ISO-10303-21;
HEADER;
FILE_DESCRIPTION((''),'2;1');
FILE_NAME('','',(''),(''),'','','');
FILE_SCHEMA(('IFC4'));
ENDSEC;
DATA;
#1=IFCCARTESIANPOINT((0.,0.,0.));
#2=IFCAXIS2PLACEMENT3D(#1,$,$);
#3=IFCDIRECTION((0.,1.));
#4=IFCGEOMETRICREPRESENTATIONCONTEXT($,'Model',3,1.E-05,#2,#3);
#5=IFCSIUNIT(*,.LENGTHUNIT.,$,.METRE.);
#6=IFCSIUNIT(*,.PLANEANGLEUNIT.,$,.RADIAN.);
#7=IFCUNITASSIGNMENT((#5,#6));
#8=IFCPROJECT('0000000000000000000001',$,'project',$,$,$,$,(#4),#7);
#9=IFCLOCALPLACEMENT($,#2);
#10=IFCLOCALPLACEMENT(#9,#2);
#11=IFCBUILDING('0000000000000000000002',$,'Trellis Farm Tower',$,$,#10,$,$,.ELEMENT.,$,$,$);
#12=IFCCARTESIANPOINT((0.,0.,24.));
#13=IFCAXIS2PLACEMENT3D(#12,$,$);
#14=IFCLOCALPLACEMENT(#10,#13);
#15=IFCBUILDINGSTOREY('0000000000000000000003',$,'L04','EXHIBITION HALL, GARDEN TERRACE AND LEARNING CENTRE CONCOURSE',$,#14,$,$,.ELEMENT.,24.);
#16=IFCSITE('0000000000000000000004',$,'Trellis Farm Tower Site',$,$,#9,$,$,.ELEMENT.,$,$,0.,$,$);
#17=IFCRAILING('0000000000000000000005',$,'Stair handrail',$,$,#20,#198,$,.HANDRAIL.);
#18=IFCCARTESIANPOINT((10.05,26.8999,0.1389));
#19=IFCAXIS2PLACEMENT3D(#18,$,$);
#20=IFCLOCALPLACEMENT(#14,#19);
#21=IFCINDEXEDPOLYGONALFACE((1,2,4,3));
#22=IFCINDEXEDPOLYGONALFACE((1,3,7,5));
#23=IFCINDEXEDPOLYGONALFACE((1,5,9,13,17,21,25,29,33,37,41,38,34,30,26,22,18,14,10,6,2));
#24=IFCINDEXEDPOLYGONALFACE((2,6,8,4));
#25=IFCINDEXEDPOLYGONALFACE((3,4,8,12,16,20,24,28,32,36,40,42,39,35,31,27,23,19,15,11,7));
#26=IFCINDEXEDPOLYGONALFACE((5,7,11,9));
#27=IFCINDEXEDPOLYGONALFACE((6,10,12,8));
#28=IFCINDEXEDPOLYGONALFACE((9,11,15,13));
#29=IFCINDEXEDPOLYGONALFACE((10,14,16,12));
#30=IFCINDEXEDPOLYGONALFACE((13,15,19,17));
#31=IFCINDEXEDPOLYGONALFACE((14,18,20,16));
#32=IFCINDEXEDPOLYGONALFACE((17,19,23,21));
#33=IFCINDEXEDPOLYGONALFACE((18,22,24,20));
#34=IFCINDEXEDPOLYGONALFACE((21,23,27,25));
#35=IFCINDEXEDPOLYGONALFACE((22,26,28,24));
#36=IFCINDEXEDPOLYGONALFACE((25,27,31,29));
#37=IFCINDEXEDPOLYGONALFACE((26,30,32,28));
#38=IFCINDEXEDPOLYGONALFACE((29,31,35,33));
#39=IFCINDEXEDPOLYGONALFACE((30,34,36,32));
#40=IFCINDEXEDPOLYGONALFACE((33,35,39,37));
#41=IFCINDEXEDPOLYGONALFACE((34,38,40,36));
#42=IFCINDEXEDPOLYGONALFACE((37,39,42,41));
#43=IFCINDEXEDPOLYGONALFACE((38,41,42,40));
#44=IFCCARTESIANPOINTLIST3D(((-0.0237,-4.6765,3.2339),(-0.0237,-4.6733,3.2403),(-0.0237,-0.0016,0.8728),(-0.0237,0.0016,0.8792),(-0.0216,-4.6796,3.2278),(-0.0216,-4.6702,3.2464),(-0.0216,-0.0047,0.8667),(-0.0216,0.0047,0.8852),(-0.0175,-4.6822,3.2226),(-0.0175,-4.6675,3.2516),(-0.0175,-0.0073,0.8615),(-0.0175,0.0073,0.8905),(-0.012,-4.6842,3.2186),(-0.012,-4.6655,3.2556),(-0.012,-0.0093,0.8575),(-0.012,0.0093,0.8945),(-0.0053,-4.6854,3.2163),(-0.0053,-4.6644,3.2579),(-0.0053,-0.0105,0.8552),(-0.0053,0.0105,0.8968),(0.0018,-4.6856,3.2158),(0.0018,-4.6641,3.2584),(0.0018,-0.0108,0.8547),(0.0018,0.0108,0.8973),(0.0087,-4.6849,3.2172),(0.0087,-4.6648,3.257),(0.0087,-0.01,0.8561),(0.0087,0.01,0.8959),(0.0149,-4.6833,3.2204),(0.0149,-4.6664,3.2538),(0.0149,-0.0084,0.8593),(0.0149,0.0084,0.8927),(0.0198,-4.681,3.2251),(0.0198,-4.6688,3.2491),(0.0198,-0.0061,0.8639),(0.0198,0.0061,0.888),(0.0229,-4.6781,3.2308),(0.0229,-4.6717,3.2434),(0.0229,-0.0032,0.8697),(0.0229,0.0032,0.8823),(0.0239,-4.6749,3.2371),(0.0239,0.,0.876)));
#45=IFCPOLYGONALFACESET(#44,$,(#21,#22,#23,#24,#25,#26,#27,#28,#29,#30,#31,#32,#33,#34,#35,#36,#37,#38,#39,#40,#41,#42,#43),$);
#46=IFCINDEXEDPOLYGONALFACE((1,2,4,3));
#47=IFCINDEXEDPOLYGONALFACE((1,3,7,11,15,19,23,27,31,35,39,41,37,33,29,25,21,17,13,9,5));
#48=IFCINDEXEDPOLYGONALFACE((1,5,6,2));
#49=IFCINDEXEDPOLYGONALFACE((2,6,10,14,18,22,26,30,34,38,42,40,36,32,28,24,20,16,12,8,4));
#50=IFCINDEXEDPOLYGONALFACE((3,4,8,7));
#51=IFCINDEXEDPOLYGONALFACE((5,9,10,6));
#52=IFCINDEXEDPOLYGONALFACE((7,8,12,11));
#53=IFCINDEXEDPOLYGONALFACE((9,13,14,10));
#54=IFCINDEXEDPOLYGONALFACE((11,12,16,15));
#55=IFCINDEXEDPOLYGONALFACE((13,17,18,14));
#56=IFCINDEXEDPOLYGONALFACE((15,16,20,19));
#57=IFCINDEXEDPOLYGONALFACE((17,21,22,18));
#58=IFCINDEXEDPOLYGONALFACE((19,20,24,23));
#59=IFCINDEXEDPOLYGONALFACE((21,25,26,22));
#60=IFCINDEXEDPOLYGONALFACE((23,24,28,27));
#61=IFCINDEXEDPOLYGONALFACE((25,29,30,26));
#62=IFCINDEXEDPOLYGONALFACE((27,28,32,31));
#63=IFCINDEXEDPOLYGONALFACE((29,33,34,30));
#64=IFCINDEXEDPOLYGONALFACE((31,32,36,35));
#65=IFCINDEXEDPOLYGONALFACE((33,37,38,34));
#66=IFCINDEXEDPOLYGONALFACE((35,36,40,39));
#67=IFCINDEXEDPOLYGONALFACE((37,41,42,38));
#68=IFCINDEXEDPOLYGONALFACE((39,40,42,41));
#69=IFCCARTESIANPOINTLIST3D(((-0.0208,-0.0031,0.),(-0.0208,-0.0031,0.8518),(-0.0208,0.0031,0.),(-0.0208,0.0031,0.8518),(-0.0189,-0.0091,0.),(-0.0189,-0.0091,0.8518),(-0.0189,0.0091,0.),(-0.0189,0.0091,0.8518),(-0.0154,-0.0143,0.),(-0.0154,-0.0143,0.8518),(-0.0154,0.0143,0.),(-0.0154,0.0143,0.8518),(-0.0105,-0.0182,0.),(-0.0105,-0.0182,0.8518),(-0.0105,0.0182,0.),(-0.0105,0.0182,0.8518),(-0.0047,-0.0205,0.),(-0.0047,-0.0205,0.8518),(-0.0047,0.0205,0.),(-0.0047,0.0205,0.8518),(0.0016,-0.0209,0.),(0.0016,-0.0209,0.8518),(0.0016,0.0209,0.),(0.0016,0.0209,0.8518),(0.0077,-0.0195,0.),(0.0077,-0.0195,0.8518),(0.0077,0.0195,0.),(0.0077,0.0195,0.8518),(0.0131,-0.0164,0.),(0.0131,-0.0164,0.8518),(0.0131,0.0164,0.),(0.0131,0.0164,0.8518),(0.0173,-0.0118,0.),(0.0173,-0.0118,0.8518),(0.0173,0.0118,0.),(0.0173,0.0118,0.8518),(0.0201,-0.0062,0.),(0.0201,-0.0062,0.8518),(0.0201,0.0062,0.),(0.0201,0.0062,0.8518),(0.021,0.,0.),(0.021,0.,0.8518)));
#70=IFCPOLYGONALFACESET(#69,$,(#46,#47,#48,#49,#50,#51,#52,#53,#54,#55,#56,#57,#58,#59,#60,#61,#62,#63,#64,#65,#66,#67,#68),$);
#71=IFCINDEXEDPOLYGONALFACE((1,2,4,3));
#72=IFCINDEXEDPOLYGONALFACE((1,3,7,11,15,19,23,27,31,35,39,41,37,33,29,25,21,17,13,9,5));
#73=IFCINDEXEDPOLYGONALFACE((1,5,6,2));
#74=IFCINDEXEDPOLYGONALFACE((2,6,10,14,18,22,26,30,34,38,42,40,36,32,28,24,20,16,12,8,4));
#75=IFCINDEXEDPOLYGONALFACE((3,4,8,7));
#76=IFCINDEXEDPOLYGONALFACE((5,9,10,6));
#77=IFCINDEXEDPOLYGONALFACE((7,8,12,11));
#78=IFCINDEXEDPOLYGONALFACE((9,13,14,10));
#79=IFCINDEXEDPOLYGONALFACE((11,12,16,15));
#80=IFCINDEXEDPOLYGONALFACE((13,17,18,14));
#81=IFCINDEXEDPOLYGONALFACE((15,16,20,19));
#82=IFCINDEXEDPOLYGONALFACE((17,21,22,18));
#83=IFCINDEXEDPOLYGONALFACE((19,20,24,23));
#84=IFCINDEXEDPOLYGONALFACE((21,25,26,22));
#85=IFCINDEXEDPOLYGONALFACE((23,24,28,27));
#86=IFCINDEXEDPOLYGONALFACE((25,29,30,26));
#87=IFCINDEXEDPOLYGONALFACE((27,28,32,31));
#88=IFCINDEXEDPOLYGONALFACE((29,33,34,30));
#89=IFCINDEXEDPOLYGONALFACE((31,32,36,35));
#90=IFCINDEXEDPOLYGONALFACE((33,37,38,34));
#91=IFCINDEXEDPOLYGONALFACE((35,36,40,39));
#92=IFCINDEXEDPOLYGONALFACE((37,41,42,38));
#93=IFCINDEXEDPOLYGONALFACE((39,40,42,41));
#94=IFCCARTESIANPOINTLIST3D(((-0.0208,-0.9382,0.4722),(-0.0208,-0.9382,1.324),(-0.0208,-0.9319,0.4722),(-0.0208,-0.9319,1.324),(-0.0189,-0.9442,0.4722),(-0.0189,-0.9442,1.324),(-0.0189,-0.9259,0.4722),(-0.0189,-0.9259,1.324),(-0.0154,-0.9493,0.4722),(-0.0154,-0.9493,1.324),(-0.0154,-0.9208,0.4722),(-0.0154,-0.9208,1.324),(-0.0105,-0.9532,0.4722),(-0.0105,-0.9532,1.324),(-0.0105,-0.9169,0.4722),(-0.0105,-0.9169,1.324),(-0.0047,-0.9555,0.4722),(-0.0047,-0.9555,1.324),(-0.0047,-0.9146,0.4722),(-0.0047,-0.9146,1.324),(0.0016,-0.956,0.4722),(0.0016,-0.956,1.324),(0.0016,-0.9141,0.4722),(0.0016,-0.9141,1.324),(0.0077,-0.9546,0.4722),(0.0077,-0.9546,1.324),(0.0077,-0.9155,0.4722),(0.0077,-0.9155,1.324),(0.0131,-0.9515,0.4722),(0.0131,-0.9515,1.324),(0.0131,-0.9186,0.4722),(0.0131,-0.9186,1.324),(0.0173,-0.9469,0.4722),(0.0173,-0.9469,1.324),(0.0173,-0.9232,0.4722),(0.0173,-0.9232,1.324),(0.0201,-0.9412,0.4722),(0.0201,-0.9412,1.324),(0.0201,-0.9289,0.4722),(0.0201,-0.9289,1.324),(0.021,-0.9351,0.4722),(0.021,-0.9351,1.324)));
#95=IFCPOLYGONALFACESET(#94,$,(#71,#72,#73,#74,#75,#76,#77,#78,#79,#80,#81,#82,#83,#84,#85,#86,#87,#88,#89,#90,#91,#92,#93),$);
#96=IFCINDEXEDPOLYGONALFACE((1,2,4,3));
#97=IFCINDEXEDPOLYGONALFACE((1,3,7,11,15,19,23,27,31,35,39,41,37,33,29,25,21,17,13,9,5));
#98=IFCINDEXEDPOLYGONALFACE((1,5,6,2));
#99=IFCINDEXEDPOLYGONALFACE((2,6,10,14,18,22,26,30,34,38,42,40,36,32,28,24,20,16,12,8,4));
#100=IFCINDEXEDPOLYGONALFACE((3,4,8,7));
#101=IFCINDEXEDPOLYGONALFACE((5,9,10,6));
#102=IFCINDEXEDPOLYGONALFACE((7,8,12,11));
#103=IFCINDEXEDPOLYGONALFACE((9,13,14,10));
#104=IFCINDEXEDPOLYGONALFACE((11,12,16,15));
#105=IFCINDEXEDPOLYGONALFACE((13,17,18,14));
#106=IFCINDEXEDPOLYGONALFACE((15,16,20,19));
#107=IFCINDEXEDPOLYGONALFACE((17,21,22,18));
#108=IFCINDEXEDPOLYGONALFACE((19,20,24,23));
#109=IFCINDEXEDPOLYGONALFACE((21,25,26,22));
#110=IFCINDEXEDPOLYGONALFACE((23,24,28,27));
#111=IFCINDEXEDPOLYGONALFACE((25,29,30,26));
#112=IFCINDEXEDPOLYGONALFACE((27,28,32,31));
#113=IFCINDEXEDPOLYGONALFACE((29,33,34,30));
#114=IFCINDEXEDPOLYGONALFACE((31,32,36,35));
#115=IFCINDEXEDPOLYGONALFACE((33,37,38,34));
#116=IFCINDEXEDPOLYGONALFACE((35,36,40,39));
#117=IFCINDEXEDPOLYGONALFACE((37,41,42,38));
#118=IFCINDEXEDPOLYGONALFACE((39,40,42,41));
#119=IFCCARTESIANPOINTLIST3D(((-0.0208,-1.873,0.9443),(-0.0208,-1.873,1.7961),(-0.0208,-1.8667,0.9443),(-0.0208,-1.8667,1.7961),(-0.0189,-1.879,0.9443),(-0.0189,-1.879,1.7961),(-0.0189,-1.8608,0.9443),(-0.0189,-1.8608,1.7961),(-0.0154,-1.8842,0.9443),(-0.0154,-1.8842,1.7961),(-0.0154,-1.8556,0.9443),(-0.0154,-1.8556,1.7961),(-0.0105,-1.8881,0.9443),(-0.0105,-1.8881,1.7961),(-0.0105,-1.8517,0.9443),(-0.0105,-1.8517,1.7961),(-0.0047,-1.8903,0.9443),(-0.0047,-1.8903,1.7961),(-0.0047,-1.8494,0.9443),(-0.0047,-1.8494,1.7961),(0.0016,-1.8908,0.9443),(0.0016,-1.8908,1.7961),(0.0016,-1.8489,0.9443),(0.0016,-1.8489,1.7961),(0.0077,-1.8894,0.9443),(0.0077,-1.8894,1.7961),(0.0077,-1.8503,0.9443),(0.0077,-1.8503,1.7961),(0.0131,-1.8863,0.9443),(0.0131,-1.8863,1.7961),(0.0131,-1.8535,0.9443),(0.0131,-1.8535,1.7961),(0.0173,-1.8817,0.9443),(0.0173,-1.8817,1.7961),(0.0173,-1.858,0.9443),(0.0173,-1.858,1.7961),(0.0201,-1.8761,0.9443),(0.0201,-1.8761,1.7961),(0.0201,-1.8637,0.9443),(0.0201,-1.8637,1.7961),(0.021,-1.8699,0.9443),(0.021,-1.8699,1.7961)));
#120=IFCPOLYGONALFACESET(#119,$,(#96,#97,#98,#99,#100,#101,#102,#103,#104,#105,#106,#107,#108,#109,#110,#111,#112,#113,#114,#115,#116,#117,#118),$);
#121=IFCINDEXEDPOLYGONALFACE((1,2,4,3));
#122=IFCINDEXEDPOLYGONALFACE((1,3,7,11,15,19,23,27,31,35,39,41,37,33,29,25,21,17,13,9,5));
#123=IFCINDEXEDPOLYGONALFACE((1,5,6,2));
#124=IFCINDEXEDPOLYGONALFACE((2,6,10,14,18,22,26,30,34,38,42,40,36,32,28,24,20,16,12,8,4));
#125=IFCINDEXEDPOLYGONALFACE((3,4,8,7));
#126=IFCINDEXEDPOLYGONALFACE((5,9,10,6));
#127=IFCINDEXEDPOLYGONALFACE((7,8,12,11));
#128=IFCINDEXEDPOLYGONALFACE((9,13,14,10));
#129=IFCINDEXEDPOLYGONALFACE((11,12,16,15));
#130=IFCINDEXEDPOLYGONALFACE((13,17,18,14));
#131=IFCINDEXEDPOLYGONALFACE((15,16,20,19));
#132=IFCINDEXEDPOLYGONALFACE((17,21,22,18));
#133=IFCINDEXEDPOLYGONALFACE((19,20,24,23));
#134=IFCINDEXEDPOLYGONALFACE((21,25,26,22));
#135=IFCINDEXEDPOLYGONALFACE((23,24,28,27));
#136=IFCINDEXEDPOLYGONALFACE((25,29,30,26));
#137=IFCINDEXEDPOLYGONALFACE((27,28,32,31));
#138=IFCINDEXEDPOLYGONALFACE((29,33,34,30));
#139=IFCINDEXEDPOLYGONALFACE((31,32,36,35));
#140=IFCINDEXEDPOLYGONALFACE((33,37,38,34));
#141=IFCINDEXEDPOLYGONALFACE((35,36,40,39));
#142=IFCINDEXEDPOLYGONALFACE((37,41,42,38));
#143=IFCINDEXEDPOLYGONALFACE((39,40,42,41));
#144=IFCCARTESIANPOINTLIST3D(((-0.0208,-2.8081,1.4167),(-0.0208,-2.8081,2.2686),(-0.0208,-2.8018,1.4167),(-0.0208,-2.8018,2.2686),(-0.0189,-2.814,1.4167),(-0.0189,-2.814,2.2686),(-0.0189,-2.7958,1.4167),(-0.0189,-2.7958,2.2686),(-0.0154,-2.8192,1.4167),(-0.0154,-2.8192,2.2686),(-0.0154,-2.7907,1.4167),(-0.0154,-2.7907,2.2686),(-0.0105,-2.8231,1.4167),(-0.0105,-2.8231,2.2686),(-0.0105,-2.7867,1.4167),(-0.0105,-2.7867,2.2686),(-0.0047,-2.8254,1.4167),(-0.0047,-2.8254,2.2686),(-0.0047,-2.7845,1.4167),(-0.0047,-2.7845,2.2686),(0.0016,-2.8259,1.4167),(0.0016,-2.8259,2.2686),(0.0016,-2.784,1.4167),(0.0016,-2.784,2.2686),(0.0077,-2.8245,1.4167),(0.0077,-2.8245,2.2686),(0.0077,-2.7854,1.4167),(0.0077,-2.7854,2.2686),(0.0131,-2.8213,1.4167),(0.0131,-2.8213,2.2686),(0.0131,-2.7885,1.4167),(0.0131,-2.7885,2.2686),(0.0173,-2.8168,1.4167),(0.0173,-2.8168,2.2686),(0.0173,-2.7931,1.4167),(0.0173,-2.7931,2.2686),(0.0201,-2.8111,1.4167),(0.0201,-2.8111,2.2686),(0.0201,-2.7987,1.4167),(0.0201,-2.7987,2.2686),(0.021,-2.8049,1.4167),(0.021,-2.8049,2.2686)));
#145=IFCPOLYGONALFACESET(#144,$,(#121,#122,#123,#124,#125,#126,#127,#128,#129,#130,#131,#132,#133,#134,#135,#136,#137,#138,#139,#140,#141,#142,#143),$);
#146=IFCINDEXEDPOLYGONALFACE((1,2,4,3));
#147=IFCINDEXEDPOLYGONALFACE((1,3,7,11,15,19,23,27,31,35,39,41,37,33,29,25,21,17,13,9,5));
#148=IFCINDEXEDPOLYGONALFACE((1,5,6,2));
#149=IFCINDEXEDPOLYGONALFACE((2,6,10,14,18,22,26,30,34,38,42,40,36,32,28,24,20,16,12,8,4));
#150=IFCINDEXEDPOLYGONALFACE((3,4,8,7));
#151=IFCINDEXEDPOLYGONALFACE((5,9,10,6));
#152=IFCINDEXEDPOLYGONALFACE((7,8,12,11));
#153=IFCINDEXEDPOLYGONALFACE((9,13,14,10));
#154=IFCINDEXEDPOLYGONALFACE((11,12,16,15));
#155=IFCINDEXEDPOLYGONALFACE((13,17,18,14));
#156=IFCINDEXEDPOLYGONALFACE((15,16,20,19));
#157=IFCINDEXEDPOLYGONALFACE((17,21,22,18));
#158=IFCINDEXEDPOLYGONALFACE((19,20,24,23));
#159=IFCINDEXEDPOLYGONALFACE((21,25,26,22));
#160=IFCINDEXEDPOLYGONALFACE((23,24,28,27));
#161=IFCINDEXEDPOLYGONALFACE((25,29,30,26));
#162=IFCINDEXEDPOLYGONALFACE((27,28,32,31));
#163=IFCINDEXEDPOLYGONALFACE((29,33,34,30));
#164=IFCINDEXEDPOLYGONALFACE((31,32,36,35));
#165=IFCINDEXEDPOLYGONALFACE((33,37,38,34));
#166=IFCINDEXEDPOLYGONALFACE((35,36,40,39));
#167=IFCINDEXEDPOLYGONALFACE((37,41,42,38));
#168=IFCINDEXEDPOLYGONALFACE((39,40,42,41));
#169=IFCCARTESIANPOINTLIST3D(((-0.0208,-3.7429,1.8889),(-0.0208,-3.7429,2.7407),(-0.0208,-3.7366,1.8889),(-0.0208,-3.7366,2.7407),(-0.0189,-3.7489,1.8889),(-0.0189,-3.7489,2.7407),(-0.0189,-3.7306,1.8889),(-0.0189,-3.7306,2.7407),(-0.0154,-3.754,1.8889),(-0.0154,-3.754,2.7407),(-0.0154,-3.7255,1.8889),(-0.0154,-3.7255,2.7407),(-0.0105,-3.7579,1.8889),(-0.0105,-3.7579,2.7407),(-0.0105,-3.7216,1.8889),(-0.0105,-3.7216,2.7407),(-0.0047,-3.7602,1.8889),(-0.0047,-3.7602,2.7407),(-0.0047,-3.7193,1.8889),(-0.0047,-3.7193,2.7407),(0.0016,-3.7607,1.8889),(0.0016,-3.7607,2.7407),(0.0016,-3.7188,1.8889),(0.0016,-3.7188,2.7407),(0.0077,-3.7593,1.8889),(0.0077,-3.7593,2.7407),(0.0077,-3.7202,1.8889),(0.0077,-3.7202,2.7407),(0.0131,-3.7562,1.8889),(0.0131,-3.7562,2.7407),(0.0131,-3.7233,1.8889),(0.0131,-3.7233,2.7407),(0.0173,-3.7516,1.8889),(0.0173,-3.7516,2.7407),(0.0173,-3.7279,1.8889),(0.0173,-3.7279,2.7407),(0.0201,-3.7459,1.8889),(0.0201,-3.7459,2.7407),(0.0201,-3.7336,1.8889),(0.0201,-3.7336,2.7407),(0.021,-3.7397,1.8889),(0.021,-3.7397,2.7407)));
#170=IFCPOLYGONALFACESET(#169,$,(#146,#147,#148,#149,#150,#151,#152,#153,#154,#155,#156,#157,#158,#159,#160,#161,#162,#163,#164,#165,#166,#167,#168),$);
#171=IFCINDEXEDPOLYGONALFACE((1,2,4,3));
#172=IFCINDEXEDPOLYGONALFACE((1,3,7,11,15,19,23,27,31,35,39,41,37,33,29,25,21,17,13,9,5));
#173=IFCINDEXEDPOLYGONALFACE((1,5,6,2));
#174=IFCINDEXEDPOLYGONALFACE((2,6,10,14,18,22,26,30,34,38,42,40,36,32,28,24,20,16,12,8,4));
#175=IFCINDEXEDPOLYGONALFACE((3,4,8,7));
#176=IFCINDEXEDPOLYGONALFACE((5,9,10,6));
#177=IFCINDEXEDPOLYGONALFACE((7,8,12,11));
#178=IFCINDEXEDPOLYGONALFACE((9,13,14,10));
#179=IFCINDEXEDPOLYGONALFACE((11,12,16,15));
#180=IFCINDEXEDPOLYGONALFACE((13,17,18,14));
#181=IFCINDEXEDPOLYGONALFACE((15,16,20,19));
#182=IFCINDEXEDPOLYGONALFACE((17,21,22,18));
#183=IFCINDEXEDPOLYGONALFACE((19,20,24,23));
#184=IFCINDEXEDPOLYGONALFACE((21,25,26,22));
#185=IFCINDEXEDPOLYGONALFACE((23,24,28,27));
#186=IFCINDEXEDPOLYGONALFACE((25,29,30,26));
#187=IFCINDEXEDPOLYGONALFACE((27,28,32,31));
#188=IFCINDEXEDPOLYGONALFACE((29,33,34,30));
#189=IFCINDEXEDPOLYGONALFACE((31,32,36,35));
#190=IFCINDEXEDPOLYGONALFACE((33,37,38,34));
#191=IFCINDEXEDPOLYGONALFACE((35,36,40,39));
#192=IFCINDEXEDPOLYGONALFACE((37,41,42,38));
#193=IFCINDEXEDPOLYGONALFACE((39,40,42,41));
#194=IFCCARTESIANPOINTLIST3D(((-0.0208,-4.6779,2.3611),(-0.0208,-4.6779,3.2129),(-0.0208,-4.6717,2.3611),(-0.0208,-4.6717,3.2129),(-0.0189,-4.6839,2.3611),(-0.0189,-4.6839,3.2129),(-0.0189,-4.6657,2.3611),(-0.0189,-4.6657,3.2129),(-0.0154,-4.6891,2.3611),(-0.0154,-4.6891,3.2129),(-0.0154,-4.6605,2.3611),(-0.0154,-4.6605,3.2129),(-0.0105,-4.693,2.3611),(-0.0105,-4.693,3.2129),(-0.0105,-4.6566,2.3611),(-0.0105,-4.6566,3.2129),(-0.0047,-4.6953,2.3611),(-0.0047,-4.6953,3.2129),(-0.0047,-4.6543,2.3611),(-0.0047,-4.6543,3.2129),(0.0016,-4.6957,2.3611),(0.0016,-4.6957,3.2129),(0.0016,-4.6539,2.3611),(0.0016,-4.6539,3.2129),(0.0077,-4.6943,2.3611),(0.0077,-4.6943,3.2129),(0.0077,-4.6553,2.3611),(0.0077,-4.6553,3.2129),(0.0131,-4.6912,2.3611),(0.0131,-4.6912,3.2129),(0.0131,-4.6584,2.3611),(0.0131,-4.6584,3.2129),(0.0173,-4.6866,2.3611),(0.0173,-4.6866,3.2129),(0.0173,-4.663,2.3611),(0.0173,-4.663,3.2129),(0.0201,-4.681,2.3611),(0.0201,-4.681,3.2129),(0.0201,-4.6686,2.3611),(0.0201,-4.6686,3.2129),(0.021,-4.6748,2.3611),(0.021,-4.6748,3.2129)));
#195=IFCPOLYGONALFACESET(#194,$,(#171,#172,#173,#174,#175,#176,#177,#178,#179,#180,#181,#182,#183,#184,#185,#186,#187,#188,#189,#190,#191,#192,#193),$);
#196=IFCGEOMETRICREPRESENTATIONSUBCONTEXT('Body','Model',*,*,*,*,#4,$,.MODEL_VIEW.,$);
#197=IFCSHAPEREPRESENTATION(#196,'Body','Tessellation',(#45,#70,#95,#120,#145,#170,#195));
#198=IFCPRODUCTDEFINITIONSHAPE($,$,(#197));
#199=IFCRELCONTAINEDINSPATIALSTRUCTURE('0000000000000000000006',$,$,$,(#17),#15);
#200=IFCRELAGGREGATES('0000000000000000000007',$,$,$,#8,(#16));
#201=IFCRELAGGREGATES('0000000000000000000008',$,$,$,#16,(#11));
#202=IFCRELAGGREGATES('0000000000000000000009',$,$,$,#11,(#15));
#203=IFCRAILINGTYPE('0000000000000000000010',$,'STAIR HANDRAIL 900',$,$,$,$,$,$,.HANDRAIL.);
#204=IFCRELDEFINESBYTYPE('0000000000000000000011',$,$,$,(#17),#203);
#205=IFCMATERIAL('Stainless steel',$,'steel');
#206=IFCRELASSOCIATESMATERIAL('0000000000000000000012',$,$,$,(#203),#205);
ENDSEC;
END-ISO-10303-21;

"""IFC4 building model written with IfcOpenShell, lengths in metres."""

from ifc_helpers import new_model, si_unit, direction, frame, origin, origin_2d, place, context, subcontext, project, spatial, circle, extrude, source, transform, mapped, material, type_object, element, save


model = new_model("IFC4")

# Units and contexts
model_context = context("Model", 3, precision=1e-05, world=origin(), true_north=direction((0.0, 1.0)))
body_context = subcontext(model_context, "Body", "Model", "MODEL_VIEW")
ifc_project = project(units=[si_unit("LENGTHUNIT", "METRE"), si_unit("PLANEANGLEUNIT", "RADIAN")], contexts=[model_context])

# Site, building, storey
site_placement = place(None, origin())
site = spatial("IfcSite", under=ifc_project, at=site_placement, Name="Trellis Farm Tower Site", CompositionType="ELEMENT", RefElevation=0.0)
building_placement = place(site_placement, origin())
building = spatial("IfcBuilding", under=site, at=building_placement, Name="Trellis Farm Tower", CompositionType="ELEMENT")
storey_placement = place(building_placement, frame((0.0, 0.0, 24.0)))
storey = spatial("IfcBuildingStorey", under=building, at=storey_placement, Name="L04", Description="EXHIBITION HALL, GARDEN TERRACE AND LEARNING CENTRE CONCOURSE", CompositionType="ELEMENT", Elevation=24.0)

# Railing
ifc_material_1 = material(Name="Stainless steel", Category="steel")
railing_type = type_object("IfcRailingType", Name="STAIR HANDRAIL 900", PredefinedType="HANDRAIL", material=ifc_material_1)
shared_shape_1 = source(origin(), body_context, "Body", "SweptSolid", [
    extrude(circle(Radius=0.0239, at=origin_2d()), frame((0.0, 0.0, 0.876), z_axis=(0.0, -0.892611, 0.450827), x_axis=(1.0, 0.0, 0.0)), (0.0, 0.0, 1.0), 5.2373),
    extrude(circle(Radius=0.021, at=origin_2d()), origin(), (0.0, 0.0, 1.0), 0.8518),
    extrude(circle(Radius=0.021, at=origin_2d()), frame((0.0, -0.9351, 0.4722)), (0.0, 0.0, 1.0), 0.8518),
    extrude(circle(Radius=0.021, at=origin_2d()), frame((0.0, -1.8699, 0.9443)), (0.0, 0.0, 1.0), 0.8518),
    extrude(circle(Radius=0.021, at=origin_2d()), frame((0.0, -2.8049, 1.4167)), (0.0, 0.0, 1.0), 0.8518),
    extrude(circle(Radius=0.021, at=origin_2d()), frame((0.0, -3.7397, 1.8889)), (0.0, 0.0, 1.0), 0.8518),
    extrude(circle(Radius=0.021, at=origin_2d()), frame((0.0, -4.6748, 2.3611)), (0.0, 0.0, 1.0), 0.8518),
])
railing_placement = place(storey_placement, frame((10.05, 26.8999, 0.1389)))
element("IfcRailing", 1, at=railing_placement, inside=storey, type_object=railing_type, Name="Stair handrail", PredefinedType="HANDRAIL", context=body_context, shape_type="MappedRepresentation", body=[
    mapped(shared_shape_1, transform((0.0, 0.0, 0.0))),
])

save(model, "model.ifc")
